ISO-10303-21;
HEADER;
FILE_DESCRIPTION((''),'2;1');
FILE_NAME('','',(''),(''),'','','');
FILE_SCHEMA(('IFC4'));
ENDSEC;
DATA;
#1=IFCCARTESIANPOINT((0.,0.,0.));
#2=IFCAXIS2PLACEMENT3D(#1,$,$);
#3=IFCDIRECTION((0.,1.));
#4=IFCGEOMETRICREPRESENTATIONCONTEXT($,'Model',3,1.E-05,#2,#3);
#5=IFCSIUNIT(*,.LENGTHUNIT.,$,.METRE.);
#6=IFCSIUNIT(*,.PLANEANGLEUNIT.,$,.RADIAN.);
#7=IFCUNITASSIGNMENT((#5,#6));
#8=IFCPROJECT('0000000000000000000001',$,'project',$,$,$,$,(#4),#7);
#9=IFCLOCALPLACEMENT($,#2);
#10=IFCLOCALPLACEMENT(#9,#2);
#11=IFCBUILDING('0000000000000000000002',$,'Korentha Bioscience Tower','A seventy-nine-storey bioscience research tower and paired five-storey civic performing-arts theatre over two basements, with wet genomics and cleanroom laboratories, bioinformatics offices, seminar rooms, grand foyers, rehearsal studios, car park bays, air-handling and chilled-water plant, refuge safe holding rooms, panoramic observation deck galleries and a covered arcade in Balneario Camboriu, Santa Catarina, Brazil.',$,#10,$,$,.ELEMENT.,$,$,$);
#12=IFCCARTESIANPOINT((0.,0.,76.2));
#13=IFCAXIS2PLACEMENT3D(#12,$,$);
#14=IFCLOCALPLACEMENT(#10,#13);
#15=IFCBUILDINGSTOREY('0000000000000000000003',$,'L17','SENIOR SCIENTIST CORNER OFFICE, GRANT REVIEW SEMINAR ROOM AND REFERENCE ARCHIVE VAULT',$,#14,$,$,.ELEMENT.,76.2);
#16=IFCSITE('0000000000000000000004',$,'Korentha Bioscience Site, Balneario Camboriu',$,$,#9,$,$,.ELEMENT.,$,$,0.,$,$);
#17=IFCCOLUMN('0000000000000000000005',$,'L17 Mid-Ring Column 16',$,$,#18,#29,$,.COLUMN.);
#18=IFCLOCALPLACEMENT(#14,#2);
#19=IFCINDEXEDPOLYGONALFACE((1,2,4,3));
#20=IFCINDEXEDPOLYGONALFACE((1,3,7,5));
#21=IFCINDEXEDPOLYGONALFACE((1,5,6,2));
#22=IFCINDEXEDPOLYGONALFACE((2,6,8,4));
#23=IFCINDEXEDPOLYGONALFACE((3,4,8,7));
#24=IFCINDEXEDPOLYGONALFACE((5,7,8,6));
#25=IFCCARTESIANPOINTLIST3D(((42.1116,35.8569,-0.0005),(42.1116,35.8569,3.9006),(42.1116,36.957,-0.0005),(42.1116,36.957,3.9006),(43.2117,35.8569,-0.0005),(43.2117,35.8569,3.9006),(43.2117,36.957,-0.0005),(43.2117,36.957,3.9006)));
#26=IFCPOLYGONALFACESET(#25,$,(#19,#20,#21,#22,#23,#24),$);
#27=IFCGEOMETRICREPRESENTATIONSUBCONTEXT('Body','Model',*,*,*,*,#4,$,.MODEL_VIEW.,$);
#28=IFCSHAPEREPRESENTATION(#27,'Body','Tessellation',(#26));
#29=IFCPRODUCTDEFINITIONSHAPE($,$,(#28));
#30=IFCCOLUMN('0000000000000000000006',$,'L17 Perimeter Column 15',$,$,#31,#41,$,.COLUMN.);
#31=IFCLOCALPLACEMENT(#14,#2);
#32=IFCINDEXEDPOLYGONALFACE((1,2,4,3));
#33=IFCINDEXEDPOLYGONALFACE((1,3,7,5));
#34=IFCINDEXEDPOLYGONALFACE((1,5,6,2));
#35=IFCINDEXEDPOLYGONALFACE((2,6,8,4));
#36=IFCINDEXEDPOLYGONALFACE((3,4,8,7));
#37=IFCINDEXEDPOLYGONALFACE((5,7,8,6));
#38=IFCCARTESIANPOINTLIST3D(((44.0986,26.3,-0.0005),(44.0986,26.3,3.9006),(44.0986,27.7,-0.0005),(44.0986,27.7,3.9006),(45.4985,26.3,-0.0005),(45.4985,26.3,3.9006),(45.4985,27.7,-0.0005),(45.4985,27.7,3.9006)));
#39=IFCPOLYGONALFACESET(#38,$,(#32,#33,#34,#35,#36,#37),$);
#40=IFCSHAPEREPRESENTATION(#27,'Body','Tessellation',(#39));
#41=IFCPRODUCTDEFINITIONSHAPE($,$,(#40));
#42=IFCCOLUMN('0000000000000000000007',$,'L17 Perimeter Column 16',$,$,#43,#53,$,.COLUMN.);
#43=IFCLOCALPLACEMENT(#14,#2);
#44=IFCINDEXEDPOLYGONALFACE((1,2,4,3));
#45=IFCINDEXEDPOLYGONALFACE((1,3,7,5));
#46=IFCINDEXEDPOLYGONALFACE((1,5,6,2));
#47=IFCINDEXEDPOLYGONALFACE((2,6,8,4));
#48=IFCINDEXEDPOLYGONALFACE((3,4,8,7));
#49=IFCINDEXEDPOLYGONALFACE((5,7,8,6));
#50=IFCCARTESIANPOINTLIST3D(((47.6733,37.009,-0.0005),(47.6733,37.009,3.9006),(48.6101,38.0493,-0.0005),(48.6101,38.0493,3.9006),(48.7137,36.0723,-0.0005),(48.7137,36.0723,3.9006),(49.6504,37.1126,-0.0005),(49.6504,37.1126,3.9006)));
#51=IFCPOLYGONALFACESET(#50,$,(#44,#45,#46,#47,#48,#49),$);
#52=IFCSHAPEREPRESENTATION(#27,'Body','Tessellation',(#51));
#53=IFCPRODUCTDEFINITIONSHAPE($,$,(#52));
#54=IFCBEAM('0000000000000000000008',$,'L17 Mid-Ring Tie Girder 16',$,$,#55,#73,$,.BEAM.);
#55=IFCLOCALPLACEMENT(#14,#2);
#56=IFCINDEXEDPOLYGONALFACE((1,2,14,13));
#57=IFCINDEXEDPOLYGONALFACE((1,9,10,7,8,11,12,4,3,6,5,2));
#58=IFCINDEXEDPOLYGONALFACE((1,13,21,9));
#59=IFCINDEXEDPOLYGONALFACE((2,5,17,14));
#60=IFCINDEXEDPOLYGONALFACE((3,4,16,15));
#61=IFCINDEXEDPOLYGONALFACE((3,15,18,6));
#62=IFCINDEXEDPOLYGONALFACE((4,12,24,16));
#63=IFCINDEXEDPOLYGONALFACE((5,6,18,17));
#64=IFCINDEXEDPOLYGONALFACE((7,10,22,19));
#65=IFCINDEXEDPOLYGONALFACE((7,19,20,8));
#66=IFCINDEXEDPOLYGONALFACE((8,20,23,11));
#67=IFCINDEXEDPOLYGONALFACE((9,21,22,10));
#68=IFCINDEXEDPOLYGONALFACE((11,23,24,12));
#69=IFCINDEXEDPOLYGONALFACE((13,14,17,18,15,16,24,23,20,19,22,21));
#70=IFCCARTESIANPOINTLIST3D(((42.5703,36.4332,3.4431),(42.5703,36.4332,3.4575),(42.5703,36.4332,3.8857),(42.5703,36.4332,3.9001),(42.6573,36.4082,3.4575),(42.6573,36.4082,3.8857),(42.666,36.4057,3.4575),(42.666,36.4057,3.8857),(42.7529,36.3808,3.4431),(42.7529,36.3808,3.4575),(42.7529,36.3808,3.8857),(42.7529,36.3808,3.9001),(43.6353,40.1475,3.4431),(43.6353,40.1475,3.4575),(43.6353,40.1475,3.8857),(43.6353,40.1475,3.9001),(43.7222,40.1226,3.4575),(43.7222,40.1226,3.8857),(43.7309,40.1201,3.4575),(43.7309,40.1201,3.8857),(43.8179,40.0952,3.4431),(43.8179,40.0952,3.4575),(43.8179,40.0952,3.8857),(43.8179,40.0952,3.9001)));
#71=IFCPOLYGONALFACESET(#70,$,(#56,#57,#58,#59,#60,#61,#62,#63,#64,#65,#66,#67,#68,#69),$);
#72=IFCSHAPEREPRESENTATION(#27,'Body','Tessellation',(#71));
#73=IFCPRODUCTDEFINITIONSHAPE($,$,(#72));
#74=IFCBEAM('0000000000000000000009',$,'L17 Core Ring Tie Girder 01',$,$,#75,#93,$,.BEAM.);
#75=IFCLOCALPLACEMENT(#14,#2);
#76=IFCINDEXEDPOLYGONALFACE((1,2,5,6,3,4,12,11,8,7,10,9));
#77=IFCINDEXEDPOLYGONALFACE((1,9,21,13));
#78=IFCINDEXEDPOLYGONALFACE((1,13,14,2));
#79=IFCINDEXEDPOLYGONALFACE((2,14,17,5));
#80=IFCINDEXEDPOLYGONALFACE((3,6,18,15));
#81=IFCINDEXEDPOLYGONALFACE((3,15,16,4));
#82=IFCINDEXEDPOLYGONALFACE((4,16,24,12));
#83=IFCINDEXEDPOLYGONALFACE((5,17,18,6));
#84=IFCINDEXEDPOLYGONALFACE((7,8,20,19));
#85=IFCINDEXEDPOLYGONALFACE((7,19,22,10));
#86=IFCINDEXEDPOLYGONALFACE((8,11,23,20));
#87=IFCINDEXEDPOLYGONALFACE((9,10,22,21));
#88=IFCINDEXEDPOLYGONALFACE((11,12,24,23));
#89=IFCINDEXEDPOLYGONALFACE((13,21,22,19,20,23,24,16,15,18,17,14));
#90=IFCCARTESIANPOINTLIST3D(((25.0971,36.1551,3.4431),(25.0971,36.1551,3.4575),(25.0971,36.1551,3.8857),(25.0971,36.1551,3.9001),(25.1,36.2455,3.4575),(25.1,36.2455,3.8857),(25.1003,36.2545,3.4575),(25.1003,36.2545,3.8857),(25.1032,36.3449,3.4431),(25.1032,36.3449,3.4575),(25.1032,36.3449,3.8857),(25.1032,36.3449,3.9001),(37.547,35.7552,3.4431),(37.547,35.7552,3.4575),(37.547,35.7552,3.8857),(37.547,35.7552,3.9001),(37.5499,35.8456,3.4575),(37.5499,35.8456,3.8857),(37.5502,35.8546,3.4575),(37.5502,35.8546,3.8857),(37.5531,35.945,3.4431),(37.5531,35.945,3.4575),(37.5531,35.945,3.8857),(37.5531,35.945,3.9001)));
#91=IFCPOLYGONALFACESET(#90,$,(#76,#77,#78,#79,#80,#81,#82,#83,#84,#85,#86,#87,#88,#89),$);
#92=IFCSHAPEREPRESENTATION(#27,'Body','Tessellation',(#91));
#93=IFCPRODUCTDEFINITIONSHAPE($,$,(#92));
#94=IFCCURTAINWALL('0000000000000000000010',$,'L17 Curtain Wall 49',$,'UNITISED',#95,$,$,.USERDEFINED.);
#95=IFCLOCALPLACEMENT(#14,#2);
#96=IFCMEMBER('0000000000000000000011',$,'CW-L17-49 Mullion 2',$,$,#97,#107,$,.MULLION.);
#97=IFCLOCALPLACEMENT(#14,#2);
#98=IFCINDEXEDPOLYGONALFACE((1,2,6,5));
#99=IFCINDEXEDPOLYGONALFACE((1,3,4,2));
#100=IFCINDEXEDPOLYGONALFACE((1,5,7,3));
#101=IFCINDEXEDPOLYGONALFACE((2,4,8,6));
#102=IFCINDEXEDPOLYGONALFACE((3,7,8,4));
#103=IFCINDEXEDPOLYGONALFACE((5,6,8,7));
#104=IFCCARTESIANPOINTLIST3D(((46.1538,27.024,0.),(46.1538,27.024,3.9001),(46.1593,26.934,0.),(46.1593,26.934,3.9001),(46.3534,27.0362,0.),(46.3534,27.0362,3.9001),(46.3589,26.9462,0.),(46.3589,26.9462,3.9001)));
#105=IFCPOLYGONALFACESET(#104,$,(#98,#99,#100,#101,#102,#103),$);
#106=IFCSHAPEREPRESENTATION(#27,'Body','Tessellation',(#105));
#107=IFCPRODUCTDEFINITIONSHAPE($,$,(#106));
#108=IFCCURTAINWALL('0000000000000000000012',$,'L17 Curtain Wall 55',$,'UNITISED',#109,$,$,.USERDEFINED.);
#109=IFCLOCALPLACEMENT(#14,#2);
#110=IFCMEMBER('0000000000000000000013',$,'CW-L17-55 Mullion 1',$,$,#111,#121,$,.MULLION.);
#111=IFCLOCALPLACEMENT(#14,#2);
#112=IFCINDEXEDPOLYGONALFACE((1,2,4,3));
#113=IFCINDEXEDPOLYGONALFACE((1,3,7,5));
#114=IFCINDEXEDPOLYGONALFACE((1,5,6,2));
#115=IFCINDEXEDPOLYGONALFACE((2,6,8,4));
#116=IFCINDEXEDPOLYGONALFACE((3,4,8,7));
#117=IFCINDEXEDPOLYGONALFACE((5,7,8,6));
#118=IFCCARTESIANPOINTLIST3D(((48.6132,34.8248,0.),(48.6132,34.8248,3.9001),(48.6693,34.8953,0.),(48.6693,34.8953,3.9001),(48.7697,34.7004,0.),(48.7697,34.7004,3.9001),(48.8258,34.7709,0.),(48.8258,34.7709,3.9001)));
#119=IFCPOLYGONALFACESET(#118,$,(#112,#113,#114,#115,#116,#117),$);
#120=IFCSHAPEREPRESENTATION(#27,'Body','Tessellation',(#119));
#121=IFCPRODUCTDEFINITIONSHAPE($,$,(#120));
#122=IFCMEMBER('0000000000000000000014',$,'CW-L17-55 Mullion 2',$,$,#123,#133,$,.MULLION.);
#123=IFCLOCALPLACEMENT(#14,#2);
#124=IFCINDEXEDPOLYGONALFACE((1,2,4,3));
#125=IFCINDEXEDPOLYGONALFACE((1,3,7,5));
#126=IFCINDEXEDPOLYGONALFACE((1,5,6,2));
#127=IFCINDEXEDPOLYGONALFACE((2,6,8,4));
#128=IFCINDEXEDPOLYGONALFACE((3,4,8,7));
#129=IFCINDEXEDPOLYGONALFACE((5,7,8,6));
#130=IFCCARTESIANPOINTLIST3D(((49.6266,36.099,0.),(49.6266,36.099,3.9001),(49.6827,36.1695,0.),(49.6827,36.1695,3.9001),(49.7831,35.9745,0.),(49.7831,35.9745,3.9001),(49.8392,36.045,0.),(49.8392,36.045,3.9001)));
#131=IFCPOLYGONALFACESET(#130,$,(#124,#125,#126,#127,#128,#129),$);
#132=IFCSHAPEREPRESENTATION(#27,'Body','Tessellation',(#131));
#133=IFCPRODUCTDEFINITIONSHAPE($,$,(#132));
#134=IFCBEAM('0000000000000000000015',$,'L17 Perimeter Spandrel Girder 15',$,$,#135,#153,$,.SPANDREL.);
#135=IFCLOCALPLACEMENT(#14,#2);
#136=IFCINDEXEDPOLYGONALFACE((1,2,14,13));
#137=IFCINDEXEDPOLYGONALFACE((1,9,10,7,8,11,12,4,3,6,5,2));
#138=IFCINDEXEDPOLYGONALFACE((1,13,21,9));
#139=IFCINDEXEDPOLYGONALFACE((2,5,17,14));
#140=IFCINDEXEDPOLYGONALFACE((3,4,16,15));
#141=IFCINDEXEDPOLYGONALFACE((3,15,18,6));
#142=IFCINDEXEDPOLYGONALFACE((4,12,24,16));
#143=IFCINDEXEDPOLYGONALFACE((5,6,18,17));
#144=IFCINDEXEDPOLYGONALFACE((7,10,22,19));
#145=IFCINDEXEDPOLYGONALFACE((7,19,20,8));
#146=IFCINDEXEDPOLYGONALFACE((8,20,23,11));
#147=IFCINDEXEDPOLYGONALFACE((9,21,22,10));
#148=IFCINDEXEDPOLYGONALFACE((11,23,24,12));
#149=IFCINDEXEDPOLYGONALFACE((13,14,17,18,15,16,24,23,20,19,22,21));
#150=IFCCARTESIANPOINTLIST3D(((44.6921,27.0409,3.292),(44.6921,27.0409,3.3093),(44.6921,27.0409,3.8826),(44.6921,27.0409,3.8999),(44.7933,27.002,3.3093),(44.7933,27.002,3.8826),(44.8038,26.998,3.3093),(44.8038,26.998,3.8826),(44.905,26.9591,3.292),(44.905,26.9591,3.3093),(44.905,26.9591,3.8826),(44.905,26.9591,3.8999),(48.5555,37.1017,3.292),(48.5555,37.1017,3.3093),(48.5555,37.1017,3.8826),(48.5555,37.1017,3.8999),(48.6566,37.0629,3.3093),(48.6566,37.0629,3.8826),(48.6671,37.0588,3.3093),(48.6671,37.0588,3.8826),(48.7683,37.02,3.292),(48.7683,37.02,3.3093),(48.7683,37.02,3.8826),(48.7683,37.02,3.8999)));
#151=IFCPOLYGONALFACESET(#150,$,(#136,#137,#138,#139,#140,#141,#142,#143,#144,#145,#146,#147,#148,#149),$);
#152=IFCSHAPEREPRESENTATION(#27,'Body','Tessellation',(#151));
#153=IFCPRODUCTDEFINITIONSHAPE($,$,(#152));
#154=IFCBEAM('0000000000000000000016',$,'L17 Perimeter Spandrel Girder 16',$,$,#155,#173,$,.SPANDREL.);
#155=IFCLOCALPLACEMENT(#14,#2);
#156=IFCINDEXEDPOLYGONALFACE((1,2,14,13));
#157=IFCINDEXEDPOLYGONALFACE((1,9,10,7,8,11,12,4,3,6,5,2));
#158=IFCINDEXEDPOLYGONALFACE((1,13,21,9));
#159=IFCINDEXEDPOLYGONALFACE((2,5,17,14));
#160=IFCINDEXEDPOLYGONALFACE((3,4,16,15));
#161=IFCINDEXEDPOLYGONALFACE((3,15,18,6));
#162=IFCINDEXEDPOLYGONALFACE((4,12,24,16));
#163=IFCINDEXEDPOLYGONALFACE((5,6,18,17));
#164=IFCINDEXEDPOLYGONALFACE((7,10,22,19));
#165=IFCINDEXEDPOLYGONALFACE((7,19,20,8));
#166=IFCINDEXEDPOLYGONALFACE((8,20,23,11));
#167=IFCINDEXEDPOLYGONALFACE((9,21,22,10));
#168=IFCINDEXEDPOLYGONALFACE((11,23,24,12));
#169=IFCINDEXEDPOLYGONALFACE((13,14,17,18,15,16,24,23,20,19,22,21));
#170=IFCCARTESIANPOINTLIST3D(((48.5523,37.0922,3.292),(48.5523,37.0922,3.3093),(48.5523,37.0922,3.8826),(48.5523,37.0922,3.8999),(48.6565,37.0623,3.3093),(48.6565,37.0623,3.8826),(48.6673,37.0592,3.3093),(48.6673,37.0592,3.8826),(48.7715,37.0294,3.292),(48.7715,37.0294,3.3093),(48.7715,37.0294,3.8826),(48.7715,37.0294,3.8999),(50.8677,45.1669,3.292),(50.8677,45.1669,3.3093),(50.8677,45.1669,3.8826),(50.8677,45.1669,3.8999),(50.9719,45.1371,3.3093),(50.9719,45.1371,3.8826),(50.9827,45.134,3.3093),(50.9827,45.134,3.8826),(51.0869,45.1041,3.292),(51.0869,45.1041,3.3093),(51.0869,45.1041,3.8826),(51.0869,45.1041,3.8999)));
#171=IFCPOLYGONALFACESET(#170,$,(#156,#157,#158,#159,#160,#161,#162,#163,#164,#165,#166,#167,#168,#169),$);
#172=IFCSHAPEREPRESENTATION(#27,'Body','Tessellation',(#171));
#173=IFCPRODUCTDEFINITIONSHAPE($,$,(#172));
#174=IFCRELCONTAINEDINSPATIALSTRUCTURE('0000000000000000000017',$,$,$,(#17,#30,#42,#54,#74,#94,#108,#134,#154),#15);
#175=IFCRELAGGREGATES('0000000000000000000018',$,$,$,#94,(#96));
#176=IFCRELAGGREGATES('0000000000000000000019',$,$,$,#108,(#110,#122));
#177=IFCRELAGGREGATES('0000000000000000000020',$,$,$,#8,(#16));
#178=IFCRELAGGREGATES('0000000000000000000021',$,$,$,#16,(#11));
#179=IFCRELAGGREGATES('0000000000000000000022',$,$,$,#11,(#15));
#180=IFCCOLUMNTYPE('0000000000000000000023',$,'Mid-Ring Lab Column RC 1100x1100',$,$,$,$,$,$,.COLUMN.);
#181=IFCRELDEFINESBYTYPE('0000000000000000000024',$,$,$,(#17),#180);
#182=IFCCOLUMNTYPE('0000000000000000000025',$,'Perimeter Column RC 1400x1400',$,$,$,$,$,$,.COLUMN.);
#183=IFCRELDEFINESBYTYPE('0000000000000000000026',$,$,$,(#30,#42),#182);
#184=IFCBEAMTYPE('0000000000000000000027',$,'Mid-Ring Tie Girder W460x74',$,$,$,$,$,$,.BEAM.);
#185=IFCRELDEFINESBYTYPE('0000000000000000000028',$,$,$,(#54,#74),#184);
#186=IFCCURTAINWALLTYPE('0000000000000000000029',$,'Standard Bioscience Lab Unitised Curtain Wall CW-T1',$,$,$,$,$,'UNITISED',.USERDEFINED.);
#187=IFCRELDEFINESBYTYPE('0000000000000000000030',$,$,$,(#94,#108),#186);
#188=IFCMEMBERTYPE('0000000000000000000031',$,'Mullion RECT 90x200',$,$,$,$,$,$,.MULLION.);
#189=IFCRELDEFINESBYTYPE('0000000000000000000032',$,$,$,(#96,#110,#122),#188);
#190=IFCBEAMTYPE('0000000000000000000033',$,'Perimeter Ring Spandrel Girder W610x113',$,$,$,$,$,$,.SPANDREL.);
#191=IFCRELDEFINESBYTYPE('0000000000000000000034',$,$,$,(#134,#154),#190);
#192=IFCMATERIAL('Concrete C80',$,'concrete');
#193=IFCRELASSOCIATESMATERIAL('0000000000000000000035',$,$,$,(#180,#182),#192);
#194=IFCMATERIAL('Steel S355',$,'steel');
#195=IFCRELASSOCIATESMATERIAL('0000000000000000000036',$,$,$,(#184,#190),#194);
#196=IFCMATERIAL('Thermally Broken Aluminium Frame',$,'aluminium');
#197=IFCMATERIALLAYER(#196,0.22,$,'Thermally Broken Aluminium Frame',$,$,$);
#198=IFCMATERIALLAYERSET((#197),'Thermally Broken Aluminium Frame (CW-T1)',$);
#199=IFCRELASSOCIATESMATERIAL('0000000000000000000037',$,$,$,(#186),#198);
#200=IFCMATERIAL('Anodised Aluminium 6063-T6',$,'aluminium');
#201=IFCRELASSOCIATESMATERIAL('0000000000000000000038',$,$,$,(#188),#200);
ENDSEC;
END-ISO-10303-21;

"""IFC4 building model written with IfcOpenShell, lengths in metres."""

from ifc_helpers import new_model, si_unit, direction, frame, origin, origin_2d, place, context, subcontext, project, spatial, rectangle, i_section, extrude, material, layer, layer_set, material_profile, profile_set, type_object, element, aggregate, save


model = new_model("IFC4")

# Units and contexts
model_context = context("Model", 3, precision=1e-05, world=origin(), true_north=direction((0.0, 1.0)))
body_context = subcontext(model_context, "Body", "Model", "MODEL_VIEW")
ifc_project = project(units=[si_unit("LENGTHUNIT", "METRE"), si_unit("PLANEANGLEUNIT", "RADIAN")], contexts=[model_context])

# Site, building, storey
site_placement = place(None, origin())
site = spatial("IfcSite", under=ifc_project, at=site_placement, Name="Korentha Bioscience Site, Balneario Camboriu", CompositionType="ELEMENT", RefElevation=0.0)
building_placement = place(site_placement, origin())
building = spatial("IfcBuilding", under=site, at=building_placement, Name="Korentha Bioscience Tower", Description="A seventy-nine-storey bioscience research tower and paired five-storey civic performing-arts theatre over two basements, with wet genomics and cleanroom laboratories, bioinformatics offices, seminar rooms, grand foyers, rehearsal studios, car park bays, air-handling and chilled-water plant, refuge safe holding rooms, panoramic observation deck galleries and a covered arcade in Balneario Camboriu, Santa Catarina, Brazil.", CompositionType="ELEMENT")
storey_placement = place(building_placement, frame((0.0, 0.0, 76.2)))
storey = spatial("IfcBuildingStorey", under=building, at=storey_placement, Name="L17", Description="SENIOR SCIENTIST CORNER OFFICE, GRANT REVIEW SEMINAR ROOM AND REFERENCE ARCHIVE VAULT", CompositionType="ELEMENT", Elevation=76.2)

# Columns
ifc_material_1 = material(Name="Concrete C80", Category="concrete")
ifc_material_profile_1 = material_profile(ifc_material_1, rectangle(XDim=1.1001, YDim=1.1001, at=origin_2d()), Name="Concrete C80")
ifc_profile_set_1 = profile_set([ifc_material_profile_1], Name="Concrete C80 (COL-MR11)")
column_type_1 = type_object("IfcColumnType", Name="Mid-Ring Lab Column RC 1100x1100", PredefinedType="COLUMN", material=ifc_profile_set_1)
column_placement = place(storey_placement, frame((42.6616, 36.407, -0.0005), z_axis=(0.0, 0.0, 1.0), x_axis=(1.0, 0.0, 0.0)))
element("IfcColumn", 1, at=column_placement, inside=storey, type_object=column_type_1, Name="L17 Mid-Ring Column 16", PredefinedType="COLUMN", context=body_context, shape_type="SweptSolid", body=[
    extrude(rectangle(XDim=1.1001, YDim=1.1001, at=origin_2d()), origin(), (0.0, 0.0, 1.0), 3.9011),
])
ifc_material_profile_2 = material_profile(ifc_material_1, rectangle(XDim=1.3999, YDim=1.3999, at=origin_2d()), Name="Concrete C80")
ifc_profile_set_2 = profile_set([ifc_material_profile_2], Name="Concrete C80 (COL-P14)")
column_type_2 = type_object("IfcColumnType", Name="Perimeter Column RC 1400x1400", PredefinedType="COLUMN", material=ifc_profile_set_2)
for number, where, z_axis, x_axis, name in (
    (2, (44.7986, 27.0, -0.0005), (0.0, 0.0, 1.0), (0.0, 1.0, 0.0), "L17 Perimeter Column 15"),
    (3, (48.6619, 37.0608, -0.0005), (0.0, 0.0, 1.0), (0.669131, 0.743145, 0.0), "L17 Perimeter Column 16"),
):
    element("IfcColumn", number, at=place(storey_placement, frame(where, z_axis=z_axis, x_axis=x_axis)), inside=storey, type_object=column_type_2, Name=name, PredefinedType="COLUMN", context=body_context, shape_type="SweptSolid", body=[
        extrude(rectangle(XDim=1.3999, YDim=1.3999, at=origin_2d()), origin(), (0.0, 0.0, 1.0), 3.9011),
    ])

# Beams
ifc_material_2 = material(Name="Steel S355", Category="steel")
ifc_material_profile_3 = material_profile(ifc_material_2, i_section(OverallWidth=0.1899, OverallDepth=0.457, WebThickness=0.009, FlangeThickness=0.0144, at=origin_2d()), Name="Steel S355")
ifc_profile_set_3 = profile_set([ifc_material_profile_3], Name="Steel S355 (MB-460)")
beam_type_1 = type_object("IfcBeamType", Name="Mid-Ring Tie Girder W460x74", PredefinedType="BEAM", material=ifc_profile_set_3)
beam_1_placement = place(storey_placement, frame((42.6616, 36.407, 3.6716), z_axis=(0.275606, 0.961271, 0.0), x_axis=(-0.961271, 0.275606, 0.0)))
element("IfcBeam", 4, at=beam_1_placement, inside=storey, type_object=beam_type_1, Name="L17 Mid-Ring Tie Girder 16", PredefinedType="BEAM", context=body_context, shape_type="SweptSolid", body=[
    extrude(i_section(OverallWidth=0.1899, OverallDepth=0.457, WebThickness=0.009, FlangeThickness=0.0144, at=origin_2d()), origin(), (0.0, 0.0, 1.0), 3.864),
])
beam_2_placement = place(storey_placement, frame((37.55, 35.8501, 3.6716), z_axis=(-0.999485, 0.032104, 0.0), x_axis=(-0.032104, -0.999485, 0.0)))
element("IfcBeam", 5, at=beam_2_placement, inside=storey, type_object=beam_type_1, Name="L17 Core Ring Tie Girder 01", PredefinedType="BEAM", context=body_context, shape_type="SweptSolid", body=[
    extrude(i_section(OverallWidth=0.1899, OverallDepth=0.457, WebThickness=0.009, FlangeThickness=0.0144, at=origin_2d()), origin(), (0.0, 0.0, 1.0), 12.4563),
])

# Curtain wall, member
ifc_material_3 = material(Name="Thermally Broken Aluminium Frame", Category="aluminium")
ifc_layer_1 = layer(ifc_material_3, 0.22, Name="Thermally Broken Aluminium Frame")
ifc_layer_set_1 = layer_set([ifc_layer_1], Name="Thermally Broken Aluminium Frame (CW-T1)")
curtain_wall_type = type_object("IfcCurtainWallType", Name="Standard Bioscience Lab Unitised Curtain Wall CW-T1", ElementType="UNITISED", PredefinedType="USERDEFINED", material=ifc_layer_set_1)
curtain_wall_1_placement = place(storey_placement, origin())
curtain_wall_1 = element("IfcCurtainWall", 6, at=curtain_wall_1_placement, inside=storey, type_object=curtain_wall_type, Name="L17 Curtain Wall 49", ObjectType="UNITISED", PredefinedType="USERDEFINED")
ifc_material_4 = material(Name="Anodised Aluminium 6063-T6", Category="aluminium")
ifc_material_profile_4 = material_profile(ifc_material_4, rectangle(XDim=0.0901, YDim=0.2, at=origin_2d()), Name="Anodised Aluminium 6063-T6")
ifc_profile_set_4 = profile_set([ifc_material_profile_4], Name="Anodised Aluminium 6063-T6 (CW-MUL)")
member_type_1 = type_object("IfcMemberType", Name="Mullion RECT 90x200", PredefinedType="MULLION", material=ifc_profile_set_4)
member_1_placement = place(storey_placement, frame((46.2563, 26.9851, 0.0), z_axis=(0.0, 0.0, 1.0), x_axis=(-0.061008, 0.998137, 0.0)))
member_1 = element("IfcMember", 7, at=member_1_placement, type_object=member_type_1, Name="CW-L17-49 Mullion 2", PredefinedType="MULLION", context=body_context, shape_type="SweptSolid", body=[
    extrude(rectangle(XDim=0.0901, YDim=0.2, at=origin_2d()), origin(), (0.0, 0.0, 1.0), 3.9001),
])

# Curtain wall, members
curtain_wall_2_placement = place(storey_placement, origin())
curtain_wall_2 = element("IfcCurtainWall", 8, at=curtain_wall_2_placement, inside=storey, type_object=curtain_wall_type, Name="L17 Curtain Wall 55", ObjectType="UNITISED", PredefinedType="USERDEFINED")
member_2_placement = place(storey_placement, frame((48.7195, 34.7979, 0.0), z_axis=(0.0, 0.0, 1.0), x_axis=(0.62252, 0.782604, 0.0)))
member_2 = element("IfcMember", 9, at=member_2_placement, type_object=member_type_1, Name="CW-L17-55 Mullion 1", PredefinedType="MULLION", context=body_context, shape_type="SweptSolid", body=[
    extrude(rectangle(XDim=0.0901, YDim=0.2, at=origin_2d()), origin(), (0.0, 0.0, 1.0), 3.9001),
])
member_3_placement = place(storey_placement, frame((49.7329, 36.072, 0.0), z_axis=(0.0, 0.0, 1.0), x_axis=(0.62252, 0.782604, 0.0)))
member_3 = element("IfcMember", 10, at=member_3_placement, type_object=member_type_1, Name="CW-L17-55 Mullion 2", PredefinedType="MULLION", context=body_context, shape_type="SweptSolid", body=[
    extrude(rectangle(XDim=0.0901, YDim=0.2, at=origin_2d()), origin(), (0.0, 0.0, 1.0), 3.9001),
])

# Beams
ifc_material_profile_5 = material_profile(ifc_material_2, i_section(OverallWidth=0.228, OverallDepth=0.6079, WebThickness=0.0112, FlangeThickness=0.0173, at=origin_2d()), Name="Steel S355")
ifc_profile_set_5 = profile_set([ifc_material_profile_5], Name="Steel S355 (SB-610)")
beam_type_2 = type_object("IfcBeamType", Name="Perimeter Ring Spandrel Girder W610x113", PredefinedType="SPANDREL", material=ifc_profile_set_5)
beam_3_placement = place(storey_placement, frame((44.7986, 27.0, 3.5959), z_axis=(0.358474, 0.93354, 0.0), x_axis=(-0.93354, 0.358474, 0.0)))
element("IfcBeam", 11, at=beam_3_placement, inside=storey, type_object=beam_type_2, Name="L17 Perimeter Spandrel Girder 15", PredefinedType="SPANDREL", context=body_context, shape_type="SweptSolid", body=[
    extrude(i_section(OverallWidth=0.228, OverallDepth=0.6079, WebThickness=0.0112, FlangeThickness=0.0173, at=origin_2d()), origin(), (0.0, 0.0, 1.0), 10.7771),
])
beam_4_placement = place(storey_placement, frame((48.6619, 37.0608, 3.5959), z_axis=(0.275642, 0.96126, 0.0), x_axis=(-0.96126, 0.275642, 0.0)))
element("IfcBeam", 12, at=beam_4_placement, inside=storey, type_object=beam_type_2, Name="L17 Perimeter Spandrel Girder 16", PredefinedType="SPANDREL", context=body_context, shape_type="SweptSolid", body=[
    extrude(i_section(OverallWidth=0.228, OverallDepth=0.6079, WebThickness=0.0112, FlangeThickness=0.0173, at=origin_2d()), origin(), (0.0, 0.0, 1.0), 8.4001),
])

aggregate(curtain_wall_1, [member_1])
aggregate(curtain_wall_2, [member_2, member_3])

save(model, "model.ifc")
